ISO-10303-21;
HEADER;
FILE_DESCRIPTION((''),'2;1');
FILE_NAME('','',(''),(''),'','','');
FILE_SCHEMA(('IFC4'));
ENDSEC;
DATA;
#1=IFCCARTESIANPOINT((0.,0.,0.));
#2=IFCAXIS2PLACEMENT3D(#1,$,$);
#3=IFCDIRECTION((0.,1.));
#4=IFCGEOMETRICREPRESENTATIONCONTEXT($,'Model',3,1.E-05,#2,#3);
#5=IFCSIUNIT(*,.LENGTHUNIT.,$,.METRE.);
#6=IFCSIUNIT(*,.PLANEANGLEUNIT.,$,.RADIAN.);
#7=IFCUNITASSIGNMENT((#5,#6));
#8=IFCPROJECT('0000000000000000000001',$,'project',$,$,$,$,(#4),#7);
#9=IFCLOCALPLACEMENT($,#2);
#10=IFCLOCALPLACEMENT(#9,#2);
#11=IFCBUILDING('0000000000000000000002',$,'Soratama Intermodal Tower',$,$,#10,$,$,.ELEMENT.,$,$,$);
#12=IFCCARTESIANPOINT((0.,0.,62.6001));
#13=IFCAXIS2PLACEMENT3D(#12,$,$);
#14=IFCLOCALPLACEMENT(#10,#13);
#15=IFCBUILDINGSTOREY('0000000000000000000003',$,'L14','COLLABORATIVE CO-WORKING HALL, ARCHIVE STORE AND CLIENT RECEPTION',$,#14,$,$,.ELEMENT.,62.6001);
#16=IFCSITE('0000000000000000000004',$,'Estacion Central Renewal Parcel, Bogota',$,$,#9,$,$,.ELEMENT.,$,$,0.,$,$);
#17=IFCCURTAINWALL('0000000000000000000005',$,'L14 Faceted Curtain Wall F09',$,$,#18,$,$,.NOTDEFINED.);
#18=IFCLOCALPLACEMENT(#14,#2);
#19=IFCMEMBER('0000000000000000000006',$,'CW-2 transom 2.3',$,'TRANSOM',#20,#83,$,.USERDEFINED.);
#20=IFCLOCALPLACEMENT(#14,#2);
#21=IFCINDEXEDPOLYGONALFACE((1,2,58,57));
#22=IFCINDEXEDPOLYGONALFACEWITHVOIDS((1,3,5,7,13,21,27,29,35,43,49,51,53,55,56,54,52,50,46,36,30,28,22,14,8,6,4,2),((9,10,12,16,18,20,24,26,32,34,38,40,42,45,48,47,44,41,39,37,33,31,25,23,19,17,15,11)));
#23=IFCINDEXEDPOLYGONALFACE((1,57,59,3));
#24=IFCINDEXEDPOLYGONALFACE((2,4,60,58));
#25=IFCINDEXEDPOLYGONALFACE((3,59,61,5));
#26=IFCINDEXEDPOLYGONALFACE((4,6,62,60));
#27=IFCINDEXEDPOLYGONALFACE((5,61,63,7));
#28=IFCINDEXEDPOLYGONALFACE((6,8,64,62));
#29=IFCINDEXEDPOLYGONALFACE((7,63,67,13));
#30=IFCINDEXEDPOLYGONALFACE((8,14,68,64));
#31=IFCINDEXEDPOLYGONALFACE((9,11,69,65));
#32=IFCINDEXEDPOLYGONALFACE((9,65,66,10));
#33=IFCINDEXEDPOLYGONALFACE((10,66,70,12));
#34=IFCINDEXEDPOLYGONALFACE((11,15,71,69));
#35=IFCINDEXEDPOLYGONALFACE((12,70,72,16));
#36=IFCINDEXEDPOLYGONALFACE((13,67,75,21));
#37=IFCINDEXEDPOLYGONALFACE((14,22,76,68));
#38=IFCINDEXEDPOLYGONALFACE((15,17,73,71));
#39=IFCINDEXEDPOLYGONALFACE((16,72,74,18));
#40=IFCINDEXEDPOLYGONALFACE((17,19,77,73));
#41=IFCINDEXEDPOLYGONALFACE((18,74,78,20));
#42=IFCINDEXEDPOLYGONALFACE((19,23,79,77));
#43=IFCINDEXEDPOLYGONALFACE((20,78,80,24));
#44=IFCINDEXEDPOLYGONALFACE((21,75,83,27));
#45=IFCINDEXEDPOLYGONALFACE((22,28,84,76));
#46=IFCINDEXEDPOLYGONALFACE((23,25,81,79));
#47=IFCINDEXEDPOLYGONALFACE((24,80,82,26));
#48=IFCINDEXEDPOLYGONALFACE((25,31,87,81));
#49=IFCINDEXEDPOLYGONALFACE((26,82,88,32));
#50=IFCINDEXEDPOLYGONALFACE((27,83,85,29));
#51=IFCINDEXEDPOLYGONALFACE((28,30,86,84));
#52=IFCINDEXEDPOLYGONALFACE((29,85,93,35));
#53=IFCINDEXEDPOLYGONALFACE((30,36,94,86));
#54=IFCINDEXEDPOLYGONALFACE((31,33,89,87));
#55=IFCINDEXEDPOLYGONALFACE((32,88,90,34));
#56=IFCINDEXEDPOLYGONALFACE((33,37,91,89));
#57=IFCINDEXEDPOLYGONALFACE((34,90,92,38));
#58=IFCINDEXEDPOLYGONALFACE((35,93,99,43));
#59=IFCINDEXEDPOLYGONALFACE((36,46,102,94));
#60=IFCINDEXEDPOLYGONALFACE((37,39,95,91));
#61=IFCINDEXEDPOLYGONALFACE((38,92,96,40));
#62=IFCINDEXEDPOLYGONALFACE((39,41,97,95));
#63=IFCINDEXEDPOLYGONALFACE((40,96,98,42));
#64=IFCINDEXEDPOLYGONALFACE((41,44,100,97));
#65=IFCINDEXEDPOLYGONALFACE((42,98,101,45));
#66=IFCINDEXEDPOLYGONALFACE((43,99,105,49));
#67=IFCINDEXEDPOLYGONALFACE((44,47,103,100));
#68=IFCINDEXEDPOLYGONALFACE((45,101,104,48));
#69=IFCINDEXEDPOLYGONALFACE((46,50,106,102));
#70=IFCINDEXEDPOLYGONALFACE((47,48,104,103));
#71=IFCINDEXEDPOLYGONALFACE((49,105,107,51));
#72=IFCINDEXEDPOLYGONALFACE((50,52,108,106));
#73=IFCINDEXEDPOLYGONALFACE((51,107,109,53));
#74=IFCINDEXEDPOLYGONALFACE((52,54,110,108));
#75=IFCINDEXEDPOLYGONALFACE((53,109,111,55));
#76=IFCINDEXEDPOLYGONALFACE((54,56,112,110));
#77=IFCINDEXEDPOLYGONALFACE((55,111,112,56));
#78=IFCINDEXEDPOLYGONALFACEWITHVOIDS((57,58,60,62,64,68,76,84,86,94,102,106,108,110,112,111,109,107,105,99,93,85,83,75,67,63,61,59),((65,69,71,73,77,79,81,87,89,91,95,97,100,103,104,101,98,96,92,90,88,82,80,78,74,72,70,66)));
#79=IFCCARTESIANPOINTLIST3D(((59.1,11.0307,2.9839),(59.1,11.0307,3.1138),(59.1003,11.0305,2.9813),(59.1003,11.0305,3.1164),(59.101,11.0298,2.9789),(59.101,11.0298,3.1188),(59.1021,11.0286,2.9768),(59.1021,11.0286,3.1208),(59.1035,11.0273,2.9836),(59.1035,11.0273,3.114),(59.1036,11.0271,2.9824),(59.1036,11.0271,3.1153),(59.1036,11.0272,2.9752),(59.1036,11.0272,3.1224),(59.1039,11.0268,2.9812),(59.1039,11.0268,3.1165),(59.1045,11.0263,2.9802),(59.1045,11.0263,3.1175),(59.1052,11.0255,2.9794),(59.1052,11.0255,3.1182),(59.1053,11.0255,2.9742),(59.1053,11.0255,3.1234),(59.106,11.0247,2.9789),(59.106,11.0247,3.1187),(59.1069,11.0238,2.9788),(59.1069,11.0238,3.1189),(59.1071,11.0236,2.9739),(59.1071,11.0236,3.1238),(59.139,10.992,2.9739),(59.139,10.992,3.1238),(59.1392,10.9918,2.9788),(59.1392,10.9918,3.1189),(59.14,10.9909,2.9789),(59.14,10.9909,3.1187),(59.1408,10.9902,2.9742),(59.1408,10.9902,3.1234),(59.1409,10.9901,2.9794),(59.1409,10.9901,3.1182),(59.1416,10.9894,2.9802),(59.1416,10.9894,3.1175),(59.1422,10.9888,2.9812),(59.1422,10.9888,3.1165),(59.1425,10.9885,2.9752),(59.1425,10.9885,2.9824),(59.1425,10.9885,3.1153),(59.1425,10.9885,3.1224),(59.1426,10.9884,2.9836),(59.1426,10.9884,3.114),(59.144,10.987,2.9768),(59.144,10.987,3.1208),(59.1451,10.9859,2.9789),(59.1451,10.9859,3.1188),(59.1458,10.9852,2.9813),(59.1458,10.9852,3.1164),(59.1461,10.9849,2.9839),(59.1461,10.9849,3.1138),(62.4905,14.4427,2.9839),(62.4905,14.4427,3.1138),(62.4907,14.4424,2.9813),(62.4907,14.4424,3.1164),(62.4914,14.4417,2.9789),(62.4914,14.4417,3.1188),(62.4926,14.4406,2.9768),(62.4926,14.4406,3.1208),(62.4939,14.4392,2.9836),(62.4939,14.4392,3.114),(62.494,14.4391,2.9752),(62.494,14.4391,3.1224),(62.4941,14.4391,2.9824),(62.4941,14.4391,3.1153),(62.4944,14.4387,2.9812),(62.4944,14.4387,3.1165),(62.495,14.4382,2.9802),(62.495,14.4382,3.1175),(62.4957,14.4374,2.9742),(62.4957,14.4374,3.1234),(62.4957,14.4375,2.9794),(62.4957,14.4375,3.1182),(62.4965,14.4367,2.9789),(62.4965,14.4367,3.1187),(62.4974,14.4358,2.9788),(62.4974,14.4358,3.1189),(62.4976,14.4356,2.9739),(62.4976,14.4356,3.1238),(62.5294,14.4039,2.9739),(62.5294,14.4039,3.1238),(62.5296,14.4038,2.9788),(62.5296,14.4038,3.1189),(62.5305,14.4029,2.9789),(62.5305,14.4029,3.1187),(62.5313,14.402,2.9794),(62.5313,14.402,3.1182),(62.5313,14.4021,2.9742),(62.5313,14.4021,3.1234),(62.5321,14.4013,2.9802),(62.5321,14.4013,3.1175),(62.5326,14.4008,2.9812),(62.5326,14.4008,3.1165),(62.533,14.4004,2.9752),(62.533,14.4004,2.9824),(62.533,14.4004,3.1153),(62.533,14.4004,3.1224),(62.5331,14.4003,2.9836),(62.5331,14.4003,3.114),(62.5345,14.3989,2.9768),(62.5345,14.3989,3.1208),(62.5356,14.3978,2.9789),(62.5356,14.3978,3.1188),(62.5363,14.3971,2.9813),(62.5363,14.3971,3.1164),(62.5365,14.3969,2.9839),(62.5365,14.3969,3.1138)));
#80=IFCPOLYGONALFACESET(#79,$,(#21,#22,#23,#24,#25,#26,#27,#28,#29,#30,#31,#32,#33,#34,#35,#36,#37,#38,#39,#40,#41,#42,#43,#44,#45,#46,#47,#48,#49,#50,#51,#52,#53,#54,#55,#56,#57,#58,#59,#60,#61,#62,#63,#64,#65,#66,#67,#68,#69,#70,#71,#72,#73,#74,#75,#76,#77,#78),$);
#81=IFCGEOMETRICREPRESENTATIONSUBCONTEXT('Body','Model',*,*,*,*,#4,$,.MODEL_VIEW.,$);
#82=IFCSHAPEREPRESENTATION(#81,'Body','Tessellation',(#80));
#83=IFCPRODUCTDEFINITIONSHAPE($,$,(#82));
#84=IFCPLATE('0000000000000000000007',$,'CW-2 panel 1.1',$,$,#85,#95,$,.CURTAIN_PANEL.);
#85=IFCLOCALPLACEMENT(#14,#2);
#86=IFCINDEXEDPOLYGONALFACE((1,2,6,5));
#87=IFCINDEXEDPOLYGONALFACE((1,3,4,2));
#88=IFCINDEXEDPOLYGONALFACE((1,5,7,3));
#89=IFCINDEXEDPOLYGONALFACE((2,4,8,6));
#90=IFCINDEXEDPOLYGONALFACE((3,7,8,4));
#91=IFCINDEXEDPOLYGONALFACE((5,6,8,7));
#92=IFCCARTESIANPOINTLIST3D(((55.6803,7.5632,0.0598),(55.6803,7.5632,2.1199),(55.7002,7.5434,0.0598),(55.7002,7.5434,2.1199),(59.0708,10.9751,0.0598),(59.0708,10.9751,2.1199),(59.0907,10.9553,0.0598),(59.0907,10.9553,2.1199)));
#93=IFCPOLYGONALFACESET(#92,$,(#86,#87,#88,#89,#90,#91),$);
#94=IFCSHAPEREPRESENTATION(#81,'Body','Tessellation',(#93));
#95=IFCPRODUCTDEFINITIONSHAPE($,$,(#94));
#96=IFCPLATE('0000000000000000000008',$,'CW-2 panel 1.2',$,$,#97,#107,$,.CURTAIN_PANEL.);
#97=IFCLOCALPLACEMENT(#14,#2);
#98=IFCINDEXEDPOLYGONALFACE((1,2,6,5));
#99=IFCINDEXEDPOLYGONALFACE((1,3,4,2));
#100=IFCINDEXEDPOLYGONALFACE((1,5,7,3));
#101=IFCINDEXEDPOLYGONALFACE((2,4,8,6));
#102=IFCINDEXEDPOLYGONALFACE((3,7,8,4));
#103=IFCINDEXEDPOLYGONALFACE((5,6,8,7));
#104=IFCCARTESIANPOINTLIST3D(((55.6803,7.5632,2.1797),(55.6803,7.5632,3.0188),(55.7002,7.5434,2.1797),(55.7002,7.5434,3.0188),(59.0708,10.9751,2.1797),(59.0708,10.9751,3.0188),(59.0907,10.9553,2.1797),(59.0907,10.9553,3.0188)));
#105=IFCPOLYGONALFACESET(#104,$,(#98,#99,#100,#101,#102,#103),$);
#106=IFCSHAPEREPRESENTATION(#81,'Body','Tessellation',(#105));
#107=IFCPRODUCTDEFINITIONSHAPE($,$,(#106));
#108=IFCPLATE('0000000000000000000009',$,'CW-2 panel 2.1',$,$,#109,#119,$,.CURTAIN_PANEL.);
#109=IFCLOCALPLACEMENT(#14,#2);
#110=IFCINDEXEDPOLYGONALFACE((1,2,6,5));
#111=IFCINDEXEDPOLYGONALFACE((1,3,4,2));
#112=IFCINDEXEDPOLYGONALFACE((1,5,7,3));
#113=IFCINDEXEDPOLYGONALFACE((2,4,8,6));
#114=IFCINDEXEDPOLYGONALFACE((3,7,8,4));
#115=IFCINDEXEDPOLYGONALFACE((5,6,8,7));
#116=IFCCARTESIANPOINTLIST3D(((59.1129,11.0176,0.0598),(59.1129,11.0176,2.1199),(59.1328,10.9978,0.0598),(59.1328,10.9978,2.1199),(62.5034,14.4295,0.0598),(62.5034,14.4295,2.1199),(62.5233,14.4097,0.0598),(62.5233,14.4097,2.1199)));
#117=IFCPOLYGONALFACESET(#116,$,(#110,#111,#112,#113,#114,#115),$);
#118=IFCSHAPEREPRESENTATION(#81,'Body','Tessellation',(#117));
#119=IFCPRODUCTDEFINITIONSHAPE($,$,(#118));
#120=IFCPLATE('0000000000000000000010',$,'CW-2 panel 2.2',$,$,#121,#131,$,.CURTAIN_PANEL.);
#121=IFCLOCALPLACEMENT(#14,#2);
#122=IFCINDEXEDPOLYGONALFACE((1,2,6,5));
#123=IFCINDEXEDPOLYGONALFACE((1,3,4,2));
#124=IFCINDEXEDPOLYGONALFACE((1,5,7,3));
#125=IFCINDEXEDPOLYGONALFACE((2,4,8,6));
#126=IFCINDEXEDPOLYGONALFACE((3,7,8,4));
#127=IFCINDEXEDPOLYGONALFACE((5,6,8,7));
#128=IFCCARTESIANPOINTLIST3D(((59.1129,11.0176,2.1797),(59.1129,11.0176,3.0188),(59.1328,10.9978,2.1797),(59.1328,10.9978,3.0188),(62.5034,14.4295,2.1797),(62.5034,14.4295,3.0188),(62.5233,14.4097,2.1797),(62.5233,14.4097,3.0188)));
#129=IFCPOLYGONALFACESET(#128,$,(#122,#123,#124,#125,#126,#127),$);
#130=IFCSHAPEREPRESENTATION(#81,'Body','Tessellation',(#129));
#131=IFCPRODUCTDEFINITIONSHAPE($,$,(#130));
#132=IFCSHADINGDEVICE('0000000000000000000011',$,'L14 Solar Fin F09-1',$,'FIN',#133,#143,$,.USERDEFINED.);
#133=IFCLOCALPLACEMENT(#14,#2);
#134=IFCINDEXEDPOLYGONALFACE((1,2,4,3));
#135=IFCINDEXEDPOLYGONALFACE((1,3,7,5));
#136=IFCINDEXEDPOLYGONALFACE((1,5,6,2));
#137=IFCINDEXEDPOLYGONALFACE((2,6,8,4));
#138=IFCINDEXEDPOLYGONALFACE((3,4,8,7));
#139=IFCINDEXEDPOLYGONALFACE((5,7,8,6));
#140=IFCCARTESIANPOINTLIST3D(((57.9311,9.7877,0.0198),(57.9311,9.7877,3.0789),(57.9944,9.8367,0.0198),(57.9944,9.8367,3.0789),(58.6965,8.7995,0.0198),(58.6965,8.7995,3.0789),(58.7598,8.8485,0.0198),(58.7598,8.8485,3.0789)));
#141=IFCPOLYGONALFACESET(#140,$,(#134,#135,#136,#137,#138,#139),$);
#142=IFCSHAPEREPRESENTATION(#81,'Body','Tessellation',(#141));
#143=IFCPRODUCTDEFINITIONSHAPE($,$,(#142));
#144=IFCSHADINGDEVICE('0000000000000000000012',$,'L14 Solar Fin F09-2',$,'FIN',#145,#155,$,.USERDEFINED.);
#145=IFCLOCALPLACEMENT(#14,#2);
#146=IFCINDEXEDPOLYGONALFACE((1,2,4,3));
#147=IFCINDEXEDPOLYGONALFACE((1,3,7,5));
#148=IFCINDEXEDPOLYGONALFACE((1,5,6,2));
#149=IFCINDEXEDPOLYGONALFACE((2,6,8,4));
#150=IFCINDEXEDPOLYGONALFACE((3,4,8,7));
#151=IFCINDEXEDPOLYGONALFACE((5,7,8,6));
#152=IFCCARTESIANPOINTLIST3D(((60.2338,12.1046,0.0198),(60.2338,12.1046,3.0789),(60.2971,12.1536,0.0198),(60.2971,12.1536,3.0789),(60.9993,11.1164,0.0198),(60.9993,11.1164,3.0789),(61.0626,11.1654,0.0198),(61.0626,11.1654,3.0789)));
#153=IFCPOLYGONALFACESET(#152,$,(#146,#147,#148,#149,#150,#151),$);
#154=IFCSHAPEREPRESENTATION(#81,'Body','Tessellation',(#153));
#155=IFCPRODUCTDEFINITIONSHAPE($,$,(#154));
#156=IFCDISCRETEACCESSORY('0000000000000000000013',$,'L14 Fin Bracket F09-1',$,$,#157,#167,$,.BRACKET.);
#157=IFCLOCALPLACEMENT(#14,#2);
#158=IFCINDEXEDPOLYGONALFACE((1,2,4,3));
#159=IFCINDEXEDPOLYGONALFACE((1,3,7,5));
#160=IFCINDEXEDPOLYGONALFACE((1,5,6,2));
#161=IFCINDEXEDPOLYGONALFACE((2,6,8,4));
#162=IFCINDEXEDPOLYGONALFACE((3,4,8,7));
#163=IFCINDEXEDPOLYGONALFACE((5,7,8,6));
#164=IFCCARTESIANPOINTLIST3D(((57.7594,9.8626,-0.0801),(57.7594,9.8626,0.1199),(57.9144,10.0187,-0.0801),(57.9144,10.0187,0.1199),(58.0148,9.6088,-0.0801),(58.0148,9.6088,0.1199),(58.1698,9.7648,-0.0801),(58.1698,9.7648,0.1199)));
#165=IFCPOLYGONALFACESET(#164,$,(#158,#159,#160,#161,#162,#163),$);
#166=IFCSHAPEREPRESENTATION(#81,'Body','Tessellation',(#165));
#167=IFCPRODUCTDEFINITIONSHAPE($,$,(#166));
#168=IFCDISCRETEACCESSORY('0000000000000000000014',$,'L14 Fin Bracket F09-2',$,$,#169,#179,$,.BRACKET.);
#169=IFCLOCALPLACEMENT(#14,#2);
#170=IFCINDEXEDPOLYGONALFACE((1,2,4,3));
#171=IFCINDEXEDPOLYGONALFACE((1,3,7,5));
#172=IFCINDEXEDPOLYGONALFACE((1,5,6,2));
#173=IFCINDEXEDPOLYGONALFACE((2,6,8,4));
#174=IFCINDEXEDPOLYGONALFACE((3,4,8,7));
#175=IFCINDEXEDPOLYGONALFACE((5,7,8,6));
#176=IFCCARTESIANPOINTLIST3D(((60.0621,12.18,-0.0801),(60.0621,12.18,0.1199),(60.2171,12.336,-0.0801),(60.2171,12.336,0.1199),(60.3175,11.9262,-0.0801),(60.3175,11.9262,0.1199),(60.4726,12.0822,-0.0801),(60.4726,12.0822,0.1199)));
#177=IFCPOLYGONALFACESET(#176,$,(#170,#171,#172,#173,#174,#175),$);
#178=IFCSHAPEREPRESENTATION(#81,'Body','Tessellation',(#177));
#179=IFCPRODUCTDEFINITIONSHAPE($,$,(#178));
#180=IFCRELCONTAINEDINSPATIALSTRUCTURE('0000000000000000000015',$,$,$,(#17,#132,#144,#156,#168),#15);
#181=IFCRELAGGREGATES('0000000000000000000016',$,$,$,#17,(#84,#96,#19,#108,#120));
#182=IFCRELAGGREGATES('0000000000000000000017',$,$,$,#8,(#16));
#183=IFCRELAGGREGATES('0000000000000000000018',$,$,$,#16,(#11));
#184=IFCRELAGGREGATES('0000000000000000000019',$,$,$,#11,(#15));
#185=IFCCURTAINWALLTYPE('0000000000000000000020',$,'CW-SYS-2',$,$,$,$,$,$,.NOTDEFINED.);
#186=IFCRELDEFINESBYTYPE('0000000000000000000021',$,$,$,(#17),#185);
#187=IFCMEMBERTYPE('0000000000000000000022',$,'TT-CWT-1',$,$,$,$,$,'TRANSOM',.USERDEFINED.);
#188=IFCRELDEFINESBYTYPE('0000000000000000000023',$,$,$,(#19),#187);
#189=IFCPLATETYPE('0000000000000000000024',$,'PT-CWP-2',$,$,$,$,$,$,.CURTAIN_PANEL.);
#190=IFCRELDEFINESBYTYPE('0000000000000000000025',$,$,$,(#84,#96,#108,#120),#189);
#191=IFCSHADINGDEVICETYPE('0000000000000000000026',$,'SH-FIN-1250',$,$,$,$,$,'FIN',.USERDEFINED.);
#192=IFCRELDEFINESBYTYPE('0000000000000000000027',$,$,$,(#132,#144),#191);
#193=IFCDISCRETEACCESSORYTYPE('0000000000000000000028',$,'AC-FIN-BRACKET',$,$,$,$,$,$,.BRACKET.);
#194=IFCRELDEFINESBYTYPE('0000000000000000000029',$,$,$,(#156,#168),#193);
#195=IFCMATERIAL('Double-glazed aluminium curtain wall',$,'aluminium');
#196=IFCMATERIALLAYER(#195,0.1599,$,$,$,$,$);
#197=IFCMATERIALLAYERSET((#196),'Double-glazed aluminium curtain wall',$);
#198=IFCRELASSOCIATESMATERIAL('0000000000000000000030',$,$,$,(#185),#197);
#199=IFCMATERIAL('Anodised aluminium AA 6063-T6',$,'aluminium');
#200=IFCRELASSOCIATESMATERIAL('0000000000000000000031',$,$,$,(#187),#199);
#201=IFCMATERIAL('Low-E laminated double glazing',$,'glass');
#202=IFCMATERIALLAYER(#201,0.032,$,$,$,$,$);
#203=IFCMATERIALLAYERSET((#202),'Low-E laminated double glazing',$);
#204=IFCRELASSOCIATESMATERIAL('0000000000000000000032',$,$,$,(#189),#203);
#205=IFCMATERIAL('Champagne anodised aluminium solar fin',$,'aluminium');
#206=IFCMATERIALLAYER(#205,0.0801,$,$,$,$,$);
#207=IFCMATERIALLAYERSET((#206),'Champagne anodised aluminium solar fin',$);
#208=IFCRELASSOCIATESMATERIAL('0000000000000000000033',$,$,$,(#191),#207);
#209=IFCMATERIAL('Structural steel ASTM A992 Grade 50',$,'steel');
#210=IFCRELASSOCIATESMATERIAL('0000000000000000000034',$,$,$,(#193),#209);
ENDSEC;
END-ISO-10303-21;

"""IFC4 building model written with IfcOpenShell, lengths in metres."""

from ifc_helpers import new_model, si_unit, direction, frame, origin, origin_2d, place, context, subcontext, project, spatial, rectangle, hollow_rectangle, extrude, material, layer, layer_set, material_profile, profile_set, type_object, element, aggregate, save


model = new_model("IFC4")

# Units and contexts
model_context = context("Model", 3, precision=1e-05, world=origin(), true_north=direction((0.0, 1.0)))
body_context = subcontext(model_context, "Body", "Model", "MODEL_VIEW")
ifc_project = project(units=[si_unit("LENGTHUNIT", "METRE"), si_unit("PLANEANGLEUNIT", "RADIAN")], contexts=[model_context])

# Site, building, storey
site_placement = place(None, origin())
site = spatial("IfcSite", under=ifc_project, at=site_placement, Name="Estacion Central Renewal Parcel, Bogota", CompositionType="ELEMENT", RefElevation=0.0)
building_placement = place(site_placement, origin())
building = spatial("IfcBuilding", under=site, at=building_placement, Name="Soratama Intermodal Tower", CompositionType="ELEMENT")
storey_placement = place(building_placement, frame((0.0, 0.0, 62.6001)))
storey = spatial("IfcBuildingStorey", under=building, at=storey_placement, Name="L14", Description="COLLABORATIVE CO-WORKING HALL, ARCHIVE STORE AND CLIENT RECEPTION", CompositionType="ELEMENT", Elevation=62.6001)

# Curtain wall, member, plates
ifc_material_1 = material(Name="Double-glazed aluminium curtain wall", Category="aluminium")
ifc_layer_1 = layer(ifc_material_1, 0.1599)
ifc_layer_set_1 = layer_set([ifc_layer_1], Name="Double-glazed aluminium curtain wall")
curtain_wall_type = type_object("IfcCurtainWallType", Name="CW-SYS-2", PredefinedType="NOTDEFINED", material=ifc_layer_set_1)
curtain_wall_placement = place(storey_placement, origin())
curtain_wall = element("IfcCurtainWall", 1, at=curtain_wall_placement, inside=storey, type_object=curtain_wall_type, Name="L14 Faceted Curtain Wall F09", PredefinedType="NOTDEFINED")
ifc_material_2 = material(Name="Anodised aluminium AA 6063-T6", Category="aluminium")
ifc_material_profile_1 = material_profile(ifc_material_2, hollow_rectangle(XDim=0.0649, YDim=0.1499, WallThickness=0.0049, InnerFilletRadius=0.0049, OuterFilletRadius=0.01, at=origin_2d()), Name="CWT150X65X5")
ifc_profile_set_1 = profile_set([ifc_material_profile_1], Name="Anodised aluminium AA 6063-T6")
member_type_1 = type_object("IfcMemberType", Name="TT-CWT-1", ElementType="TRANSOM", PredefinedType="USERDEFINED", material=ifc_profile_set_1)
member_1_placement = place(storey_placement, frame((59.123, 11.0078, 3.0488), z_axis=(0.70487, 0.709337, 0.0), x_axis=(-0.709337, 0.70487, 0.0)))
member_1 = element("IfcMember", 2, at=member_1_placement, type_object=member_type_1, Name="CW-2 transom 2.3", ObjectType="TRANSOM", PredefinedType="USERDEFINED", context=body_context, shape_type="SweptSolid", body=[
    extrude(hollow_rectangle(XDim=0.0649, YDim=0.1499, WallThickness=0.0049, InnerFilletRadius=0.0049, OuterFilletRadius=0.01, at=origin_2d()), origin(), (0.0, 0.0, 1.0), 4.8101),
])
ifc_material_3 = material(Name="Low-E laminated double glazing", Category="glass")
ifc_layer_2 = layer(ifc_material_3, 0.032)
ifc_layer_set_2 = layer_set([ifc_layer_2], Name="Low-E laminated double glazing")
plate_type = type_object("IfcPlateType", Name="PT-CWP-2", PredefinedType="CURTAIN_PANEL", material=ifc_layer_set_2)
plate_1_placement = place(storey_placement, frame((57.3855, 9.2593, 0.0598), z_axis=(0.0, 0.0, 1.0), x_axis=(0.704879, 0.709328, 0.0)))
plate_1 = element("IfcPlate", 3, at=plate_1_placement, type_object=plate_type, Name="CW-2 panel 1.1", PredefinedType="CURTAIN_PANEL", context=body_context, shape_type="SweptSolid", body=[
    extrude(rectangle(XDim=4.8101, YDim=0.0281, at=origin_2d()), origin(), (0.0, 0.0, 1.0), 2.0601),
])
plate_2_placement = place(storey_placement, frame((57.3855, 9.2593, 2.1797), z_axis=(0.0, 0.0, 1.0), x_axis=(0.704879, 0.709328, 0.0)))
plate_2 = element("IfcPlate", 4, at=plate_2_placement, type_object=plate_type, Name="CW-2 panel 1.2", PredefinedType="CURTAIN_PANEL", context=body_context, shape_type="SweptSolid", body=[
    extrude(rectangle(XDim=4.8101, YDim=0.0281, at=origin_2d()), origin(), (0.0, 0.0, 1.0), 0.8391),
])
plate_3_placement = place(storey_placement, frame((60.8181, 12.7136, 0.0598), z_axis=(0.0, 0.0, 1.0), x_axis=(0.704879, 0.709328, 0.0)))
plate_3 = element("IfcPlate", 5, at=plate_3_placement, type_object=plate_type, Name="CW-2 panel 2.1", PredefinedType="CURTAIN_PANEL", context=body_context, shape_type="SweptSolid", body=[
    extrude(rectangle(XDim=4.8101, YDim=0.0281, at=origin_2d()), origin(), (0.0, 0.0, 1.0), 2.0601),
])
plate_4_placement = place(storey_placement, frame((60.8181, 12.7136, 2.1797), z_axis=(0.0, 0.0, 1.0), x_axis=(0.704879, 0.709328, 0.0)))
plate_4 = element("IfcPlate", 6, at=plate_4_placement, type_object=plate_type, Name="CW-2 panel 2.2", PredefinedType="CURTAIN_PANEL", context=body_context, shape_type="SweptSolid", body=[
    extrude(rectangle(XDim=4.8101, YDim=0.0281, at=origin_2d()), origin(), (0.0, 0.0, 1.0), 0.8391),
])
aggregate(curtain_wall, [plate_1, plate_2, member_1, plate_3, plate_4])

# Shading devices
ifc_material_4 = material(Name="Champagne anodised aluminium solar fin", Category="aluminium")
ifc_layer_3 = layer(ifc_material_4, 0.0801)
ifc_layer_set_3 = layer_set([ifc_layer_3], Name="Champagne anodised aluminium solar fin")
shading_device_type = type_object("IfcShadingDeviceType", Name="SH-FIN-1250", ElementType="FIN", PredefinedType="USERDEFINED", material=ifc_layer_set_3)
for number, where, z_axis, x_axis, name in (
    (7, (58.3455, 9.3181, 0.0198), (0.0, 0.0, 1.0), (0.612355, -0.790583, 0.0), "L14 Solar Fin F09-1"),
    (8, (60.6482, 11.635, 0.0198), (0.0, 0.0, 1.0), (0.612355, -0.790583, 0.0), "L14 Solar Fin F09-2"),
):
    element("IfcShadingDevice", number, at=place(storey_placement, frame(where, z_axis=z_axis, x_axis=x_axis)), inside=storey, type_object=shading_device_type, Name=name, ObjectType="FIN", PredefinedType="USERDEFINED", context=body_context, shape_type="SweptSolid", body=[
        extrude(rectangle(XDim=1.25, YDim=0.0801, at=origin_2d()), origin(), (0.0, 0.0, 1.0), 3.0591),
    ])

# Discrete accessories
ifc_material_5 = material(Name="Structural steel ASTM A992 Grade 50", Category="steel")
discrete_accessory_type = type_object("IfcDiscreteAccessoryType", Name="AC-FIN-BRACKET", PredefinedType="BRACKET", material=ifc_material_5)
for number, where, z_axis, x_axis, name in (
    (9, (57.9646, 9.8137, -0.0801), (0.0, 0.0, 1.0), (0.709325, -0.704882, 0.0), "L14 Fin Bracket F09-1"),
    (10, (60.2673, 12.1311, -0.0801), (0.0, 0.0, 1.0), (0.709325, -0.704882, 0.0), "L14 Fin Bracket F09-2"),
):
    element("IfcDiscreteAccessory", number, at=place(storey_placement, frame(where, z_axis=z_axis, x_axis=x_axis)), inside=storey, type_object=discrete_accessory_type, Name=name, PredefinedType="BRACKET", context=body_context, shape_type="SweptSolid", body=[
        extrude(rectangle(XDim=0.3601, YDim=0.22, at=origin_2d()), origin(), (0.0, 0.0, 1.0), 0.2),
    ])

save(model, "model.ifc")
